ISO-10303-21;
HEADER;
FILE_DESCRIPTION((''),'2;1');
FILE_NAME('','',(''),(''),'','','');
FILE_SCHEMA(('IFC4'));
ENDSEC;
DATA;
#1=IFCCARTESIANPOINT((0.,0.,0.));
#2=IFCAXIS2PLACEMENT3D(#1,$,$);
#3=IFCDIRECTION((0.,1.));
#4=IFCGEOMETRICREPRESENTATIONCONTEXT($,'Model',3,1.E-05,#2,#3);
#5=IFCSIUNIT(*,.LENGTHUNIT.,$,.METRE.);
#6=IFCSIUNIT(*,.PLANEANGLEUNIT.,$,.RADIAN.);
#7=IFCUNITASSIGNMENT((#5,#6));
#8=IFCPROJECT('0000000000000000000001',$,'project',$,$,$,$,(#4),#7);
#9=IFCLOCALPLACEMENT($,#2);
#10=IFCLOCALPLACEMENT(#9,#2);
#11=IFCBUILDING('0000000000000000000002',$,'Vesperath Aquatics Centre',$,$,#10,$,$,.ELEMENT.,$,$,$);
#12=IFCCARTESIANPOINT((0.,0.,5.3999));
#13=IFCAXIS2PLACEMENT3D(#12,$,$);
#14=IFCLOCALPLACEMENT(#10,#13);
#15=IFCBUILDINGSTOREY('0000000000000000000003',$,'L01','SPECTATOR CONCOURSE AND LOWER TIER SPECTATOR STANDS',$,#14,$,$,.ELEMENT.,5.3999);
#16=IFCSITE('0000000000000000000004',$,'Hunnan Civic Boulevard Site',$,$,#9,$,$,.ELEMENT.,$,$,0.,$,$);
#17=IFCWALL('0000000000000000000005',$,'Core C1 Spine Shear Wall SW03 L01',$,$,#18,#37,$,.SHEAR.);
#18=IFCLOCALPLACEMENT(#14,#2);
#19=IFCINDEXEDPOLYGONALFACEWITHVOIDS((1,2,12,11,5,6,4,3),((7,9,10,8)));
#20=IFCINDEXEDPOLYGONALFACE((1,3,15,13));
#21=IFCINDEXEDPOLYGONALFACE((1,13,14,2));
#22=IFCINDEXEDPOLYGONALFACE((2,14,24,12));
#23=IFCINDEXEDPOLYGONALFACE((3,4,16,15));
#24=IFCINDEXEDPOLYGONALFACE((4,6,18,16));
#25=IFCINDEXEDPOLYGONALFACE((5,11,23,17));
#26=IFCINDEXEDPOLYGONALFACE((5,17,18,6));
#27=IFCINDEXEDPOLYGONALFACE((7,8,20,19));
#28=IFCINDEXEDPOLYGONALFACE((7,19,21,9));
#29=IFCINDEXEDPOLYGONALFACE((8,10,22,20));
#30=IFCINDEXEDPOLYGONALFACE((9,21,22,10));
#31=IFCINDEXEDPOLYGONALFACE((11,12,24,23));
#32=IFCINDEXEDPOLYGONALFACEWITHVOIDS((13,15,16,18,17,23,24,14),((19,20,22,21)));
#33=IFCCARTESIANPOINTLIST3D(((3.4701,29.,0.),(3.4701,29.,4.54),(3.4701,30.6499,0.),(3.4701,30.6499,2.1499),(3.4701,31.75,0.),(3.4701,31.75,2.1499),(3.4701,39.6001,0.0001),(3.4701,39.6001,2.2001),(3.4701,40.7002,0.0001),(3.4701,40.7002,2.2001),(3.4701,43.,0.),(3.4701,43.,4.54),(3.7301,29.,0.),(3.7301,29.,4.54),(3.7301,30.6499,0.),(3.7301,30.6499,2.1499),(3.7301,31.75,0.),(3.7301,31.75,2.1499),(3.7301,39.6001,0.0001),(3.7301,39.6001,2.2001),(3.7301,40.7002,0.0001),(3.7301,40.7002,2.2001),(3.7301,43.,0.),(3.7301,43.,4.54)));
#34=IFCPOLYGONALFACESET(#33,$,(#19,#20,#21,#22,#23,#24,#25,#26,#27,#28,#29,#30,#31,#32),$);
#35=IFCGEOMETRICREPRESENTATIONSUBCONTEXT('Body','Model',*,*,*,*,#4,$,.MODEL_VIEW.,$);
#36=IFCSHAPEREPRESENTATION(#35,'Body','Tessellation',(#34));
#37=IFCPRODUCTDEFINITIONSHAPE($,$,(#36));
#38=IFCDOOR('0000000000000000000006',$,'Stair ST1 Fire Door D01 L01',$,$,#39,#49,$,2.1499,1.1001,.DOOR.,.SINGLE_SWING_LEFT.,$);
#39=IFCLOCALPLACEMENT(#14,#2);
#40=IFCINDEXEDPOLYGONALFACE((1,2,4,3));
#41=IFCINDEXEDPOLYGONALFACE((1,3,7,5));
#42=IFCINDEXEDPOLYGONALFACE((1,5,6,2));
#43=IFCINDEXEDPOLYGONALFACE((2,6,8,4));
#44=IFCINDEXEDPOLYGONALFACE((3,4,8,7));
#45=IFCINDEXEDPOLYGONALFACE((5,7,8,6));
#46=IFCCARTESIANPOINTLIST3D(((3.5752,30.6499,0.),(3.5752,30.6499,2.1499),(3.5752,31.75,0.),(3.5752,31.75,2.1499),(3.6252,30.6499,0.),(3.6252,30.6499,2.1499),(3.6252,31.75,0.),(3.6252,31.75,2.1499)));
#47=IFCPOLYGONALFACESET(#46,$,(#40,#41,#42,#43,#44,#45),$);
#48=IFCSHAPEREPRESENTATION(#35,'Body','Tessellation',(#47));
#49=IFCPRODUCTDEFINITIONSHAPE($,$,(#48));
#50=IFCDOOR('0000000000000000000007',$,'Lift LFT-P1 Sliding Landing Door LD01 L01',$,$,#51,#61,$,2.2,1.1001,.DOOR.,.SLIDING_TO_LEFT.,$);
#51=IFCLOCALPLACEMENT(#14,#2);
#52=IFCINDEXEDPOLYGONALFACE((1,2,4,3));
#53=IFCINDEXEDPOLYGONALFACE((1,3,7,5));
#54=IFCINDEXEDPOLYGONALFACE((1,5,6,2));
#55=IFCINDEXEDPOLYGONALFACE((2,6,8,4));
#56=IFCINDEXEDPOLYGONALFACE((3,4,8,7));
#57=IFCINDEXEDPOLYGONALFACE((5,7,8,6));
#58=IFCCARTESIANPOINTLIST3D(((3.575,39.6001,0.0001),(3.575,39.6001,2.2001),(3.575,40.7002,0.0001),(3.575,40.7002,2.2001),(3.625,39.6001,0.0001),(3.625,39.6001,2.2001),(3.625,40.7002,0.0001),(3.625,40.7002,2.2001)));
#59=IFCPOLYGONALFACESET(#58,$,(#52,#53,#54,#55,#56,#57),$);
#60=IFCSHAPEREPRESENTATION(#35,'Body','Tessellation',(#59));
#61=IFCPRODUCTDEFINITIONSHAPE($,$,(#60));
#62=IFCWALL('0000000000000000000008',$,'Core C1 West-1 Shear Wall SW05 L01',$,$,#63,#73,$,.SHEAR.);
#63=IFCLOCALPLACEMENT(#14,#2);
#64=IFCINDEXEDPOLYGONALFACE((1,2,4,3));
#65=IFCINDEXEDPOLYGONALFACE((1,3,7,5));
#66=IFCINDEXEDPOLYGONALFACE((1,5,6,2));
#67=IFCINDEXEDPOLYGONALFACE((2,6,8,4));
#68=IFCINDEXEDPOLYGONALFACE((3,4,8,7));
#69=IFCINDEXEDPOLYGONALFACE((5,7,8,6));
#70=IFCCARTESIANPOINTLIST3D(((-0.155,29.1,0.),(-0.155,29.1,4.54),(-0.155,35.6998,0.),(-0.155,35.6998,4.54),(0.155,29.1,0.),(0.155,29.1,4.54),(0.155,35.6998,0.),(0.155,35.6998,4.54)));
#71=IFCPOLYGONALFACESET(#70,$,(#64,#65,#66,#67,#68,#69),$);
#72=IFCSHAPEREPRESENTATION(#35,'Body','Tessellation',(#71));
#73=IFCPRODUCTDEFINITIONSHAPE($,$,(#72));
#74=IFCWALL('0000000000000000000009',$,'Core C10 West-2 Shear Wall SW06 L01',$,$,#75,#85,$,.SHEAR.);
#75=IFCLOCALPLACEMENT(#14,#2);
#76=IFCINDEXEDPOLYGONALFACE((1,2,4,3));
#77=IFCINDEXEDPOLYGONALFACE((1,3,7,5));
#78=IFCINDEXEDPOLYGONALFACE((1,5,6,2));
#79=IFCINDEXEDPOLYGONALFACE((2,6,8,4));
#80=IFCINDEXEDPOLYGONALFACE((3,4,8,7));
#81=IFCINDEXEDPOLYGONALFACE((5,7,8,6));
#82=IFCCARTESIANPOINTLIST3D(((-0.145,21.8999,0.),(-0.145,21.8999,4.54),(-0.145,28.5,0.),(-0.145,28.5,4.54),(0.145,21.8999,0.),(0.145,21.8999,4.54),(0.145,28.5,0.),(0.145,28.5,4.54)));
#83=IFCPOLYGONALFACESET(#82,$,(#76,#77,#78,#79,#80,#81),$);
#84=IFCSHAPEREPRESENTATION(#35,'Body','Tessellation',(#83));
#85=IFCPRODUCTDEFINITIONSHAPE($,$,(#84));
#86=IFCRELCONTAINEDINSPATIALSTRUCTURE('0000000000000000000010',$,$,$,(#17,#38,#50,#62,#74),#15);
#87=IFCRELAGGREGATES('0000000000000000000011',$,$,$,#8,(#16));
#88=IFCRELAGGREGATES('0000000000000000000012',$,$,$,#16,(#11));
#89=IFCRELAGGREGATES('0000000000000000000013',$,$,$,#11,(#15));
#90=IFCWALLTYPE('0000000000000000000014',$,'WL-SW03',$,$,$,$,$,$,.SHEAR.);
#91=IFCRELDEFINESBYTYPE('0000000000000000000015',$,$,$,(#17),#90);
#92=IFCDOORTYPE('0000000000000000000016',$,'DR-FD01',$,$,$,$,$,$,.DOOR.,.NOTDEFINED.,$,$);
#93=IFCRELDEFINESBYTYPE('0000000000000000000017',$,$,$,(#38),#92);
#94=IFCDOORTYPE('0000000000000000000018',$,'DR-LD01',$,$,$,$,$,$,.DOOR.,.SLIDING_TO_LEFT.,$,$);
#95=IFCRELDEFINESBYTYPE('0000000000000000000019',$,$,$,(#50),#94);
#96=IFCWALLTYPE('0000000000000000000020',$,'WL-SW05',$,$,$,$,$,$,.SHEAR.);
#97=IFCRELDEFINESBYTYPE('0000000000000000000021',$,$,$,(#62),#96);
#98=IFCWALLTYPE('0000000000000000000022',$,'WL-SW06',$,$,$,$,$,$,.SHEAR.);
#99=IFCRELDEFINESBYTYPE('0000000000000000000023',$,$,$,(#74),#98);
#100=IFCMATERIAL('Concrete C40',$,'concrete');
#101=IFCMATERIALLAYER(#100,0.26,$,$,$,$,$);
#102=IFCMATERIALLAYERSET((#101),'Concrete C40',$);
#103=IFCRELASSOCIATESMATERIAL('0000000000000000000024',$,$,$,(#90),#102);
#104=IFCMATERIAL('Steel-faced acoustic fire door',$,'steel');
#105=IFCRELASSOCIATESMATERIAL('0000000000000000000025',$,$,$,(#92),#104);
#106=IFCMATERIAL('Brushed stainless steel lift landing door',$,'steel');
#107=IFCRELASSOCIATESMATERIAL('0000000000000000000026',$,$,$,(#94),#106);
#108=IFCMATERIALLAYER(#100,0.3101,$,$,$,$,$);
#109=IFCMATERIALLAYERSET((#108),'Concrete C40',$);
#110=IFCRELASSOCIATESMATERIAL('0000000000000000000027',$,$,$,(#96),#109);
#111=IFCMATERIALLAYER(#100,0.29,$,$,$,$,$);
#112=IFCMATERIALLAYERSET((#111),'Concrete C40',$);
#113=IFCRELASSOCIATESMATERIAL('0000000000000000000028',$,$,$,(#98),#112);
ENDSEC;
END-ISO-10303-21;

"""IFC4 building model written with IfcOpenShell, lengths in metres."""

from ifc_helpers import new_model, si_unit, direction, frame, frame_2d, origin, place, context, subcontext, project, spatial, rectangle, extrude, material, layer, layer_set, type_object, element, fill, save


model = new_model("IFC4")

# Units and contexts
model_context = context("Model", 3, precision=1e-05, world=origin(), true_north=direction((0.0, 1.0)))
body_context = subcontext(model_context, "Body", "Model", "MODEL_VIEW")
ifc_project = project(units=[si_unit("LENGTHUNIT", "METRE"), si_unit("PLANEANGLEUNIT", "RADIAN")], contexts=[model_context])

# Site, building, storey
site_placement = place(None, origin())
site = spatial("IfcSite", under=ifc_project, at=site_placement, Name="Hunnan Civic Boulevard Site", CompositionType="ELEMENT", RefElevation=0.0)
building_placement = place(site_placement, origin())
building = spatial("IfcBuilding", under=site, at=building_placement, Name="Vesperath Aquatics Centre", CompositionType="ELEMENT")
storey_placement = place(building_placement, frame((0.0, 0.0, 5.3999)))
storey = spatial("IfcBuildingStorey", under=building, at=storey_placement, Name="L01", Description="SPECTATOR CONCOURSE AND LOWER TIER SPECTATOR STANDS", CompositionType="ELEMENT", Elevation=5.3999)

# Shared definitions
ifc_material_1 = material(Name="Concrete C40", Category="concrete")

# Wall, openings, doors
ifc_layer_1 = layer(ifc_material_1, 0.26)
ifc_layer_set_1 = layer_set([ifc_layer_1], Name="Concrete C40")
wall_type_1 = type_object("IfcWallType", Name="WL-SW03", PredefinedType="SHEAR", material=ifc_layer_set_1)
wall_1_placement = place(storey_placement, frame((3.6001, 29.0, 0.0), z_axis=(0.0, 0.0, 1.0), x_axis=(0.0, 1.0, 0.0)))
wall_1 = element("IfcWall", 1, at=wall_1_placement, inside=storey, type_object=wall_type_1, Name="Core C1 Spine Shear Wall SW03 L01", PredefinedType="SHEAR", context=body_context, shape_type="SweptSolid", body=[
    extrude(rectangle(XDim=14.0, YDim=0.26, at=frame_2d((7.0, 0.0))), origin(), (0.0, 0.0, 1.0), 4.54),
])
opening_1_placement = place(wall_1_placement, frame((1.6499, 0.0, 0.0)))
opening_1 = element("IfcOpeningElement", 2, at=opening_1_placement, cuts=wall_1, PredefinedType="OPENING", context=body_context, shape_type="SweptSolid", body=[
    extrude(rectangle(XDim=1.1001, YDim=2.1499, at=frame_2d((0.55, 1.075))), frame((0.0, 0.145, 0.0), z_axis=(0.0, -1.0, 0.0), x_axis=(1.0, 0.0, 0.0)), (0.0, 0.0, 1.0), 0.2898),
])
opening_2_placement = place(wall_1_placement, frame((10.6001, 0.0, 0.0)))
opening_2 = element("IfcOpeningElement", 3, at=opening_2_placement, cuts=wall_1, PredefinedType="OPENING", context=body_context, shape_type="SweptSolid", body=[
    extrude(rectangle(XDim=1.1001, YDim=2.2, at=frame_2d((0.55, 1.1001))), frame((0.0, 0.145, 0.0), z_axis=(0.0, -1.0, 0.0), x_axis=(1.0, 0.0, 0.0)), (0.0, 0.0, 1.0), 0.2898),
])
ifc_material_2 = material(Name="Steel-faced acoustic fire door", Category="steel")
door_type_1 = type_object("IfcDoorType", Name="DR-FD01", OperationType="NOTDEFINED", PredefinedType="DOOR", material=ifc_material_2)
door_1_placement = place(opening_1_placement, origin())
door_1 = element("IfcDoor", 4, at=door_1_placement, inside=storey, type_object=door_type_1, Name="Stair ST1 Fire Door D01 L01", OperationType="SINGLE_SWING_LEFT", OverallHeight=2.1499, OverallWidth=1.1001, PredefinedType="DOOR", context=body_context, shape_type="SweptSolid", body=[
    extrude(rectangle(XDim=1.1001, YDim=2.1499, at=frame_2d((0.55, 1.075))), frame((0.0, 0.0249, 0.0), z_axis=(0.0, -1.0, 0.0), x_axis=(1.0, 0.0, 0.0)), (0.0, 0.0, 1.0), 0.05),
])
fill(opening_1, door_1)
ifc_material_3 = material(Name="Brushed stainless steel lift landing door", Category="steel")
door_type_2 = type_object("IfcDoorType", Name="DR-LD01", OperationType="SLIDING_TO_LEFT", PredefinedType="DOOR", material=ifc_material_3)
door_2_placement = place(opening_2_placement, frame((1.1001, 0.0, 0.0), z_axis=(0.0, 0.0, 1.0), x_axis=(-1.0, 0.0, 0.0)))
door_2 = element("IfcDoor", 5, at=door_2_placement, inside=storey, type_object=door_type_2, Name="Lift LFT-P1 Sliding Landing Door LD01 L01", OperationType="SLIDING_TO_LEFT", OverallHeight=2.2, OverallWidth=1.1001, PredefinedType="DOOR", context=body_context, shape_type="SweptSolid", body=[
    extrude(rectangle(XDim=1.1001, YDim=2.2, at=frame_2d((0.55, 1.1001))), frame((0.0, 0.0249, 0.0), z_axis=(0.0, -1.0, 0.0), x_axis=(1.0, 0.0, 0.0)), (0.0, 0.0, 1.0), 0.05),
])
fill(opening_2, door_2)

# Walls
ifc_layer_2 = layer(ifc_material_1, 0.3101)
ifc_layer_set_2 = layer_set([ifc_layer_2], Name="Concrete C40")
wall_type_2 = type_object("IfcWallType", Name="WL-SW05", PredefinedType="SHEAR", material=ifc_layer_set_2)
wall_2_placement = place(storey_placement, frame((0.0, 29.1001, 0.0), z_axis=(0.0, 0.0, 1.0), x_axis=(0.0, 1.0, 0.0)))
element("IfcWall", 6, at=wall_2_placement, inside=storey, type_object=wall_type_2, Name="Core C1 West-1 Shear Wall SW05 L01", PredefinedType="SHEAR", context=body_context, shape_type="SweptSolid", body=[
    extrude(rectangle(XDim=6.5999, YDim=0.3101, at=frame_2d((3.2998, 0.0))), origin(), (0.0, 0.0, 1.0), 4.54),
])
ifc_layer_3 = layer(ifc_material_1, 0.29)
ifc_layer_set_3 = layer_set([ifc_layer_3], Name="Concrete C40")
wall_type_3 = type_object("IfcWallType", Name="WL-SW06", PredefinedType="SHEAR", material=ifc_layer_set_3)
wall_3_placement = place(storey_placement, frame((0.0, 21.8999, 0.0), z_axis=(0.0, 0.0, 1.0), x_axis=(0.0, 1.0, 0.0)))
element("IfcWall", 7, at=wall_3_placement, inside=storey, type_object=wall_type_3, Name="Core C10 West-2 Shear Wall SW06 L01", PredefinedType="SHEAR", context=body_context, shape_type="SweptSolid", body=[
    extrude(rectangle(XDim=6.6001, YDim=0.29, at=frame_2d((3.3, 0.0))), origin(), (0.0, 0.0, 1.0), 4.54),
])

save(model, "model.ifc")
